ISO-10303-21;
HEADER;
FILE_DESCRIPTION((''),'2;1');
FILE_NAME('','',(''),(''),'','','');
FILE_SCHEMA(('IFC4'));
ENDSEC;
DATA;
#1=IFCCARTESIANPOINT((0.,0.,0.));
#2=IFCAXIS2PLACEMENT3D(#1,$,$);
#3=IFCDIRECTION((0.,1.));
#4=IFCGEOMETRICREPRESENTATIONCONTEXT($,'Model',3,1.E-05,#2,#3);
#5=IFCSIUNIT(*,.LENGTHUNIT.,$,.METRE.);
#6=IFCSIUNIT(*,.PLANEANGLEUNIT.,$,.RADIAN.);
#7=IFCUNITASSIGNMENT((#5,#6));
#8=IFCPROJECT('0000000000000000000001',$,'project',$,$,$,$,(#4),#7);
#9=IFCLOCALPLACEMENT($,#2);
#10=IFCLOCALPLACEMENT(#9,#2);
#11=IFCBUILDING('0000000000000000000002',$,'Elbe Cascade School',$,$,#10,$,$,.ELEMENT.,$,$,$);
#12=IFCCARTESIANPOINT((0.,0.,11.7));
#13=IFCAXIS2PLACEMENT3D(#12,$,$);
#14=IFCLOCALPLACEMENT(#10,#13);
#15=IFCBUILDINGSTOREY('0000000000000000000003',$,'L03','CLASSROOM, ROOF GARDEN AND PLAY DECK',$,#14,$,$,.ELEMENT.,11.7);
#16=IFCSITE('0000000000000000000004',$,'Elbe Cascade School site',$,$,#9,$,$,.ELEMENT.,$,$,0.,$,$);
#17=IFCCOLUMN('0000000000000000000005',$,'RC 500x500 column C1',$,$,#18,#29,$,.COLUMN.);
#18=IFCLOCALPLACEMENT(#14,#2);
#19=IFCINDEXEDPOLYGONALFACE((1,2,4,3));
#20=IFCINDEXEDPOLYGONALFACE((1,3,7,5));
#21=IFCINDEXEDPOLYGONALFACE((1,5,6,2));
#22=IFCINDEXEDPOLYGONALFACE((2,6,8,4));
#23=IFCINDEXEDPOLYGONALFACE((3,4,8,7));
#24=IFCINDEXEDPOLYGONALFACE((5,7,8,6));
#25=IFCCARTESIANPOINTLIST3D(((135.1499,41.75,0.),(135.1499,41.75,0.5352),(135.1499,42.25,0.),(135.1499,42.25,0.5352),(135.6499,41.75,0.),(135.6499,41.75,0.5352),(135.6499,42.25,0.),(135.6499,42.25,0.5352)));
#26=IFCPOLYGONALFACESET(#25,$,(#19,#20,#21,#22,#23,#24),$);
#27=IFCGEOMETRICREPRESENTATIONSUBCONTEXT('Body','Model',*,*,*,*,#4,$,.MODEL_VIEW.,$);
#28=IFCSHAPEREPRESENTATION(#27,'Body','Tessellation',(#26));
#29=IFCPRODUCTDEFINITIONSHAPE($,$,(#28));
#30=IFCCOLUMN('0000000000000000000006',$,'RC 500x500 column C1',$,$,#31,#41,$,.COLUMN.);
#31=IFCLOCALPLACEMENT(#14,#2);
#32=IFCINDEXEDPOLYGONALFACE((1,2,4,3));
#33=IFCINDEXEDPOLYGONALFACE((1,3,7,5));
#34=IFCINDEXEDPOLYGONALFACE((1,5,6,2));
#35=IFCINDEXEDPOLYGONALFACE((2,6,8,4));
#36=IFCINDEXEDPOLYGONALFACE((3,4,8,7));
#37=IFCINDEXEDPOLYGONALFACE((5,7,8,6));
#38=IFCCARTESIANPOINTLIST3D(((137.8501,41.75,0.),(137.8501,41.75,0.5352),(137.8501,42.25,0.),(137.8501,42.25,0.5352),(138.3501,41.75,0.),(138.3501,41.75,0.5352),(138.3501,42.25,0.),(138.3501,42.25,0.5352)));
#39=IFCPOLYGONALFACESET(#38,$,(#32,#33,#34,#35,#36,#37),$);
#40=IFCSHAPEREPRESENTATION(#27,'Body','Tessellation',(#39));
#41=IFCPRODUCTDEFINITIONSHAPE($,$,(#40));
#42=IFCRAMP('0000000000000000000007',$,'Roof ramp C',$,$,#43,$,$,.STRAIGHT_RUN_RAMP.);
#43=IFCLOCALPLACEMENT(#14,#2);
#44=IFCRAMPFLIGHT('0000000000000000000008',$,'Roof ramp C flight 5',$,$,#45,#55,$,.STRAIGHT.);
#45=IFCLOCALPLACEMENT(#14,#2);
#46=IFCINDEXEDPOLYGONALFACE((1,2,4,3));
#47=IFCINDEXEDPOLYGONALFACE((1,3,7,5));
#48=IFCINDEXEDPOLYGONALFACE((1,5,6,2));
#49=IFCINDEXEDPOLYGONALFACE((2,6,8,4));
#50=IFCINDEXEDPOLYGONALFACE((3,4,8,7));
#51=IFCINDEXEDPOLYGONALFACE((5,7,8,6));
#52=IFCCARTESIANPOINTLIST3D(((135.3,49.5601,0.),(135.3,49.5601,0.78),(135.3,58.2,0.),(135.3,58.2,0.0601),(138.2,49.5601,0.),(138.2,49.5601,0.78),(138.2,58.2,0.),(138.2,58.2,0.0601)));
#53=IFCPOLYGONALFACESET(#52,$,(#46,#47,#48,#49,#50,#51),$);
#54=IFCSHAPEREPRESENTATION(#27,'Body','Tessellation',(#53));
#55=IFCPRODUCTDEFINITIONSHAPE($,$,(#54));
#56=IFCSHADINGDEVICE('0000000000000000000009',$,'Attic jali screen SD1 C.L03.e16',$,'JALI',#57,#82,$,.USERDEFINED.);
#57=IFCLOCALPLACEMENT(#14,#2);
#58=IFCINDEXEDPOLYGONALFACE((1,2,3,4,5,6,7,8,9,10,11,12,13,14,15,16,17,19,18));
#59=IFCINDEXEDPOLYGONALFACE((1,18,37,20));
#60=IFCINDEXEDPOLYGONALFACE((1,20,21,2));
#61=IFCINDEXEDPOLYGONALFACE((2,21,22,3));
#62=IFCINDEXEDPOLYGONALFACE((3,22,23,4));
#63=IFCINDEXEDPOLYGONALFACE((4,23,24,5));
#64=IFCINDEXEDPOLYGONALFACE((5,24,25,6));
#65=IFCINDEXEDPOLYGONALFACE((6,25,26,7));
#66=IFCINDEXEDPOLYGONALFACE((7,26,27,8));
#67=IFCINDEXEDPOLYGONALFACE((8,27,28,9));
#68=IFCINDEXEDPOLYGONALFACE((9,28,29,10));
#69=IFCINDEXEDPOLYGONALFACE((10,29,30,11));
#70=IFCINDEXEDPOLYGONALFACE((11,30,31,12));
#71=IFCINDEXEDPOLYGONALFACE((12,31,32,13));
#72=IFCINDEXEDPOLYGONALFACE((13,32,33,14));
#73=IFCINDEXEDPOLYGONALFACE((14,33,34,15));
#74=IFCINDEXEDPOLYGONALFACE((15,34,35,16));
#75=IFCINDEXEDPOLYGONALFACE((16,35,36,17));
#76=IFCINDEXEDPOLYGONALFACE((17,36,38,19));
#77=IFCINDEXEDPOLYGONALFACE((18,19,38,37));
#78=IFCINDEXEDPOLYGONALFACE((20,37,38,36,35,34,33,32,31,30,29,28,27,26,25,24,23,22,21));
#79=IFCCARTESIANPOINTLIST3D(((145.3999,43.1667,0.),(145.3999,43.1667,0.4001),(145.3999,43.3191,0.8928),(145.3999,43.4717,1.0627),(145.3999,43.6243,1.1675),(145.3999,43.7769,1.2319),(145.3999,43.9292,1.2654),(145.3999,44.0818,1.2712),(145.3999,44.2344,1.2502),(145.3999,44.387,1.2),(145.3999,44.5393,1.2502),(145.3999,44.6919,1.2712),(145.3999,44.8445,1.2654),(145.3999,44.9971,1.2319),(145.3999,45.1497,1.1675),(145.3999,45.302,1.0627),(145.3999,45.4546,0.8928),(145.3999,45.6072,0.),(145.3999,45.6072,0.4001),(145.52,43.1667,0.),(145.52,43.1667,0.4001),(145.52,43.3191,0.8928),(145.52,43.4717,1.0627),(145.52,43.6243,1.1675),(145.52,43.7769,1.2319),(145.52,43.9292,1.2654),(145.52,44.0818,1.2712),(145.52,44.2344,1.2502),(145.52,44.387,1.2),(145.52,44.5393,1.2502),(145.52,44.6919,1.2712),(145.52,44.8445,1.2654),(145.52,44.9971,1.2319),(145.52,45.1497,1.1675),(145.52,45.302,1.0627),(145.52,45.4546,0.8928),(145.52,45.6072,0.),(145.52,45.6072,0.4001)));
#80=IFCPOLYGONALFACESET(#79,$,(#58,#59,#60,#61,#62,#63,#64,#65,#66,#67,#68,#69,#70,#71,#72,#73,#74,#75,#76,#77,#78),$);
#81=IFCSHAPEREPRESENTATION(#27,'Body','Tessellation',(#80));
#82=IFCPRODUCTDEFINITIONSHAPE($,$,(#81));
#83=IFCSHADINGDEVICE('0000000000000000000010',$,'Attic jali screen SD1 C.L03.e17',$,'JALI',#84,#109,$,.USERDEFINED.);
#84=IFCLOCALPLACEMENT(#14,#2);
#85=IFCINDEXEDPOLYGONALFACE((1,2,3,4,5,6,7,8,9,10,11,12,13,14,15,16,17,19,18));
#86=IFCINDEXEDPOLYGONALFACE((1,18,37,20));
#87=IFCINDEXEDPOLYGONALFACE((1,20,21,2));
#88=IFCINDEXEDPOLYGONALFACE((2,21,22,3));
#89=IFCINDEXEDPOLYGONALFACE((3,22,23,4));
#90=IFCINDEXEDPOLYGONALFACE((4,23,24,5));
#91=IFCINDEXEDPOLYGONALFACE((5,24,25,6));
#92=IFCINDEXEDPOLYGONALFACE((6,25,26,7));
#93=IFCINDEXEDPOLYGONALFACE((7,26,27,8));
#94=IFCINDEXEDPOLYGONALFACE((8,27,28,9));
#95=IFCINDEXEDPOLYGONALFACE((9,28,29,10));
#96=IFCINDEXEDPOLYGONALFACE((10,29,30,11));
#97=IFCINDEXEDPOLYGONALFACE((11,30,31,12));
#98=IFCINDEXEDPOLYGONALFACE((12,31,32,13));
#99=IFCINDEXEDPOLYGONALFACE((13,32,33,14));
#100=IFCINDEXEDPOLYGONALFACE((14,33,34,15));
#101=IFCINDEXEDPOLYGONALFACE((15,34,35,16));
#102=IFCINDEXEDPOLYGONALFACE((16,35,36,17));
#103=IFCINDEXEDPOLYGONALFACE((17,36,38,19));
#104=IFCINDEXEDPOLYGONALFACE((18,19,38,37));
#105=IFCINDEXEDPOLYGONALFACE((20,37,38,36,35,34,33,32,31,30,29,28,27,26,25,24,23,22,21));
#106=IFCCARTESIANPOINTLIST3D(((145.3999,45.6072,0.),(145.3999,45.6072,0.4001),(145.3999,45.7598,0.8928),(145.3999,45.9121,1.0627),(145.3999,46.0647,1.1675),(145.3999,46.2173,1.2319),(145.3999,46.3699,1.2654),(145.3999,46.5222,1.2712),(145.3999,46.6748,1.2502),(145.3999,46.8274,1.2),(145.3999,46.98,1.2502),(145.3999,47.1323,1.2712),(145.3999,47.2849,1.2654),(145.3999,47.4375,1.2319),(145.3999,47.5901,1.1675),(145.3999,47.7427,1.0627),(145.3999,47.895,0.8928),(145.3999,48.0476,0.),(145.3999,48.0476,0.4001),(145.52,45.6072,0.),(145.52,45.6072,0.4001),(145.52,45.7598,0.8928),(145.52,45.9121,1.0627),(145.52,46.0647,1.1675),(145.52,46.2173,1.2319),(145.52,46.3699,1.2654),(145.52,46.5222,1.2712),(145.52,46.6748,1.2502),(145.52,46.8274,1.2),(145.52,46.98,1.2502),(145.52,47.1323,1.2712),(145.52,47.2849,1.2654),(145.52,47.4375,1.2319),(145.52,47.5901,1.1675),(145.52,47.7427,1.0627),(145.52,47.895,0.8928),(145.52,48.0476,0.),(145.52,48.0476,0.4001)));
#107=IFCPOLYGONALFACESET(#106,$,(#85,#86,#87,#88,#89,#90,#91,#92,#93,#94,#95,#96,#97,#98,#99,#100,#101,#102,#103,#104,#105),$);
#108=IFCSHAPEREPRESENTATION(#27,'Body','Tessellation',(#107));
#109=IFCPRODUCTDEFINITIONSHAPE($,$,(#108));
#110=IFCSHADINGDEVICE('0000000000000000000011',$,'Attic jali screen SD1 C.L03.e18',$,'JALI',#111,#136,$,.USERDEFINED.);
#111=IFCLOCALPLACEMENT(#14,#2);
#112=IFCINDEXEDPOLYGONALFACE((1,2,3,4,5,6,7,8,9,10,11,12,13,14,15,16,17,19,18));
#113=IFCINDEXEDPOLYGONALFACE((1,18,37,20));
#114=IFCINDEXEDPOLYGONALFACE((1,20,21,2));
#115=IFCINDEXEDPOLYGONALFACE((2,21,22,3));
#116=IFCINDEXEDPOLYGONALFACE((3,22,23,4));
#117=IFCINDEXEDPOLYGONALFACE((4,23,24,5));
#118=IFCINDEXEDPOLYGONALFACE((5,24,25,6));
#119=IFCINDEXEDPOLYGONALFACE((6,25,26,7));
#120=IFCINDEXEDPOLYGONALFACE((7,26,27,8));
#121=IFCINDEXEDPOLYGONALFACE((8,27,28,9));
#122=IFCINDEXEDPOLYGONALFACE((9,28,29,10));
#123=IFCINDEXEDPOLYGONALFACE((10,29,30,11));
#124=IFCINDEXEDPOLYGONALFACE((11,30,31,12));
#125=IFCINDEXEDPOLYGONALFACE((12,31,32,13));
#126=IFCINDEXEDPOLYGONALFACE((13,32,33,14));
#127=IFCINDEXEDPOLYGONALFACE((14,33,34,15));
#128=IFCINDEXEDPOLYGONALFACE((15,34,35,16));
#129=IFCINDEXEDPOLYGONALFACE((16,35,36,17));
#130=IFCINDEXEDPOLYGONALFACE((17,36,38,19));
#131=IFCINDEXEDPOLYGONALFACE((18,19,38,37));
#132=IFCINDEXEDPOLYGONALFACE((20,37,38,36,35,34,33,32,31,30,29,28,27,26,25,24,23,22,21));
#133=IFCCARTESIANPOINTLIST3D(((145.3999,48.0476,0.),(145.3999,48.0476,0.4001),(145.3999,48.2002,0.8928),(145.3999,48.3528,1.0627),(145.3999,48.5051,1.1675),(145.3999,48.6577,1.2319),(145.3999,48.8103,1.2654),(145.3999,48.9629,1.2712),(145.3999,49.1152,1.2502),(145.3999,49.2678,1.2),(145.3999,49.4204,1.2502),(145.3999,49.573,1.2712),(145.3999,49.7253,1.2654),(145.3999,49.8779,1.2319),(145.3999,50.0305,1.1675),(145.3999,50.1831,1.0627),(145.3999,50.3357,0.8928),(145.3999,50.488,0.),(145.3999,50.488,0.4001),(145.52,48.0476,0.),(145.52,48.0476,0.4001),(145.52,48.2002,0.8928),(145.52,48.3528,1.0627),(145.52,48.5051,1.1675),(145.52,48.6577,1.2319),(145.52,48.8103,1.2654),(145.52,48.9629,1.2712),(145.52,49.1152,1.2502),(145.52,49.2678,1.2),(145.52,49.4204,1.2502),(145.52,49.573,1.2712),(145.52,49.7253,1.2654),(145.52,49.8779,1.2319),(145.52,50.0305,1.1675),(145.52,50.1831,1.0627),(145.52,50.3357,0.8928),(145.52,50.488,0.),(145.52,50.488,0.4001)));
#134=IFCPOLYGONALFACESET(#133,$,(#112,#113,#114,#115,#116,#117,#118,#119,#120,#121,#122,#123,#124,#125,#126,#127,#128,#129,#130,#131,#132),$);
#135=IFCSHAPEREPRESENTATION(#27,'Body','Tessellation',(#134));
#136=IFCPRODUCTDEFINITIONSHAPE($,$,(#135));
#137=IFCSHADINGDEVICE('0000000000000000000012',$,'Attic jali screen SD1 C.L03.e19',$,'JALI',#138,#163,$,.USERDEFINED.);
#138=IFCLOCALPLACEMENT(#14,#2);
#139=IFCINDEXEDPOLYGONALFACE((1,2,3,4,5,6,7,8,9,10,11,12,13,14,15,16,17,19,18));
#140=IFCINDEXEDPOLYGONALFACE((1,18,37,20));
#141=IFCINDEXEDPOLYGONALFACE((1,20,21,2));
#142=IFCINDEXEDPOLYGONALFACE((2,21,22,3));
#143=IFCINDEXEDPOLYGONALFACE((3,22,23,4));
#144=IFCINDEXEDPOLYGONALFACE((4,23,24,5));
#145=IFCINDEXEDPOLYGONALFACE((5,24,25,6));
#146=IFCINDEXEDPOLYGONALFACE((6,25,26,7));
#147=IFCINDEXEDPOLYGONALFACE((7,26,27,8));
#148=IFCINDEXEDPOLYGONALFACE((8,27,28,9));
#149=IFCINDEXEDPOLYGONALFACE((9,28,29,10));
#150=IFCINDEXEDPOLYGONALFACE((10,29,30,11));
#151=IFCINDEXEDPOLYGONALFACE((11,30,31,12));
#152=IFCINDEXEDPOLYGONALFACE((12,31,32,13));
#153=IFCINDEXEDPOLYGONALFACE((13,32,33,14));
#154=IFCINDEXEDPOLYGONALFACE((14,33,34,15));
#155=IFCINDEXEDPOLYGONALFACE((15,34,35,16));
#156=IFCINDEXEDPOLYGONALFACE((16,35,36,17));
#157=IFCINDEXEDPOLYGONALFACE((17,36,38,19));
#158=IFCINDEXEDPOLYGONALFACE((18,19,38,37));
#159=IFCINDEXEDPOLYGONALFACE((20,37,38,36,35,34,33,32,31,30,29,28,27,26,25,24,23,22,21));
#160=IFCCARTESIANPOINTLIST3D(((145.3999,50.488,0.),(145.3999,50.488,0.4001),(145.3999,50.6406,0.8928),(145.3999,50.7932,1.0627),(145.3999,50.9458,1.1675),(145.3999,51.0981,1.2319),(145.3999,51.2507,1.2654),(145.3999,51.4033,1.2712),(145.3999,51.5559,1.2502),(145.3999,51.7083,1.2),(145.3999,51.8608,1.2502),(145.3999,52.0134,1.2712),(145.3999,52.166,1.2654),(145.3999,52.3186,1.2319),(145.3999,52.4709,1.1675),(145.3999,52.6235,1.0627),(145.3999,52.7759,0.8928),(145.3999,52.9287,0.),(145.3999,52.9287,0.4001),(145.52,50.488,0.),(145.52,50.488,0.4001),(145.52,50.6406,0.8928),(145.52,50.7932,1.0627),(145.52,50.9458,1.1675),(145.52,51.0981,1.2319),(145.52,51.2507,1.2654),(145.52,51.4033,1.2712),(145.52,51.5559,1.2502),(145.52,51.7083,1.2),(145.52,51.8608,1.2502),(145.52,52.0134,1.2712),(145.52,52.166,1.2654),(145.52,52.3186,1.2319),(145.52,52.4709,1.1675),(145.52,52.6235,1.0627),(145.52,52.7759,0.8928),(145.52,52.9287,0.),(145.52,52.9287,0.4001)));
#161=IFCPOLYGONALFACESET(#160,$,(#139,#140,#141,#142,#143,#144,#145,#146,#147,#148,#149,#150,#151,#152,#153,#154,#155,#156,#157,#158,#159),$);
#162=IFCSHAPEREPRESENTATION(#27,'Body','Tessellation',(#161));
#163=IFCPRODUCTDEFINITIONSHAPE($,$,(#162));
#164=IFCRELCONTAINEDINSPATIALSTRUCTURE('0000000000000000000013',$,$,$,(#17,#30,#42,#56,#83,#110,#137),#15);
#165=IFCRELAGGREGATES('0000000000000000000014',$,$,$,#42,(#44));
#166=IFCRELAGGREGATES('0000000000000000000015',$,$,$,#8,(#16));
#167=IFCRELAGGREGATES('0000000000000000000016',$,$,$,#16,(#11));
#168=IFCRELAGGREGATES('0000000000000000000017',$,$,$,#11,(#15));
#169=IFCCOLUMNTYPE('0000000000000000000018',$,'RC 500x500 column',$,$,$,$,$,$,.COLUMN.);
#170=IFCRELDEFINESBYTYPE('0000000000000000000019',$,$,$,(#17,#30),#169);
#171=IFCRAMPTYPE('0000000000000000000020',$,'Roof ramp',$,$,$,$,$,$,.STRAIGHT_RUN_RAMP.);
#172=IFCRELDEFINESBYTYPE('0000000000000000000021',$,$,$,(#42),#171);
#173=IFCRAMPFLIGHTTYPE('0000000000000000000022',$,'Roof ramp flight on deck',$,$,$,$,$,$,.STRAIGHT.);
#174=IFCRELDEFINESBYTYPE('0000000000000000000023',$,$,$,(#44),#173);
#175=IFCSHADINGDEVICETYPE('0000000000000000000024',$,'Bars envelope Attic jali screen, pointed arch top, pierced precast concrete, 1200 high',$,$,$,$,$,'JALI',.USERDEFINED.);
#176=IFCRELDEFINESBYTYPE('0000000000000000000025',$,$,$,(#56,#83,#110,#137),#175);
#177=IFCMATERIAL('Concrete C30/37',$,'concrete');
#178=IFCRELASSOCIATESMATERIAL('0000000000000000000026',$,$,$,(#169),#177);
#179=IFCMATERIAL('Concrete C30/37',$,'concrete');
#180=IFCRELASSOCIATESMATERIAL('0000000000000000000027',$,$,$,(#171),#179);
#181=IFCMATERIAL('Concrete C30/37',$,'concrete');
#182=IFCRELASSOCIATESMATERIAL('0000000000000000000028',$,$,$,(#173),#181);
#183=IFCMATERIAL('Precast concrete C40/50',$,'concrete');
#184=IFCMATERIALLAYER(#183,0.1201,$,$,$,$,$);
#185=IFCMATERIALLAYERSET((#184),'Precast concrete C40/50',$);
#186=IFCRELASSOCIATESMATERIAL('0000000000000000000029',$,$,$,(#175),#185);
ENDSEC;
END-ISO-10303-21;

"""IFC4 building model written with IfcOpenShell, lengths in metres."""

from ifc_helpers import new_model, si_unit, direction, frame, origin, origin_2d, place, context, subcontext, project, spatial, polyline, rectangle, outline, extrude, material, layer, layer_set, material_profile, profile_set, type_object, element, aggregate, save


model = new_model("IFC4")

# Units and contexts
model_context = context("Model", 3, precision=1e-05, world=origin(), true_north=direction((0.0, 1.0)))
body_context = subcontext(model_context, "Body", "Model", "MODEL_VIEW")
ifc_project = project(units=[si_unit("LENGTHUNIT", "METRE"), si_unit("PLANEANGLEUNIT", "RADIAN")], contexts=[model_context])

# Site, building, storey
site_placement = place(None, origin())
site = spatial("IfcSite", under=ifc_project, at=site_placement, Name="Elbe Cascade School site", CompositionType="ELEMENT", RefElevation=0.0)
building_placement = place(site_placement, origin())
building = spatial("IfcBuilding", under=site, at=building_placement, Name="Elbe Cascade School", CompositionType="ELEMENT")
storey_placement = place(building_placement, frame((0.0, 0.0, 11.7)))
storey = spatial("IfcBuildingStorey", under=building, at=storey_placement, Name="L03", Description="CLASSROOM, ROOF GARDEN AND PLAY DECK", CompositionType="ELEMENT", Elevation=11.7)

# Columns
ifc_material_1 = material(Name="Concrete C30/37", Category="concrete")
ifc_material_profile = material_profile(ifc_material_1, rectangle(XDim=0.5, YDim=0.5, at=origin_2d()), Name="RC 500x500")
ifc_profile_set = profile_set([ifc_material_profile], Name="Concrete C30/37")
column_type = type_object("IfcColumnType", Name="RC 500x500 column", PredefinedType="COLUMN", material=ifc_profile_set)
for number, where, z_axis, x_axis, name in (
    (1, (135.3999, 42.0, 0.0), (0.0, 0.0, 1.0), (1.0, 0.0, 0.0), "RC 500x500 column C1"),
    (2, (138.1001, 42.0, 0.0), (0.0, 0.0, 1.0), (1.0, 0.0, 0.0), "RC 500x500 column C1"),
):
    element("IfcColumn", number, at=place(storey_placement, frame(where, z_axis=z_axis, x_axis=x_axis)), inside=storey, type_object=column_type, Name=name, PredefinedType="COLUMN", context=body_context, shape_type="SweptSolid", body=[
        extrude(rectangle(XDim=0.5, YDim=0.5, at=origin_2d()), origin(), (0.0, 0.0, 1.0), 0.5352),
    ])

# Ramp, ramp flight
ifc_material_2 = material(Name="Concrete C30/37", Category="concrete")
ramp_type = type_object("IfcRampType", Name="Roof ramp", PredefinedType="STRAIGHT_RUN_RAMP", material=ifc_material_2)
ramp_placement = place(storey_placement, origin())
ramp = element("IfcRamp", 3, at=ramp_placement, inside=storey, type_object=ramp_type, Name="Roof ramp C", PredefinedType="STRAIGHT_RUN_RAMP")
ifc_material_3 = material(Name="Concrete C30/37", Category="concrete")
ramp_flight_type = type_object("IfcRampFlightType", Name="Roof ramp flight on deck", PredefinedType="STRAIGHT", material=ifc_material_3)
ramp_flight_placement = place(storey_placement, frame((135.3, 49.5601, 0.0), z_axis=(1.0, 0.0, 0.0), x_axis=(0.0, 1.0, 0.0)))
ramp_flight = element("IfcRampFlight", 4, at=ramp_flight_placement, type_object=ramp_flight_type, Name="Roof ramp C flight 5", PredefinedType="STRAIGHT", context=body_context, shape_type="SweptSolid", body=[
    extrude(outline(polyline([(0.0, 0.0), (8.6399, 0.0), (8.6399, 0.0601), (0.0, 0.78), (0.0, 0.0)])), origin(), (0.0, 0.0, 1.0), 2.8999),
])
aggregate(ramp, [ramp_flight])

# Shading devices
ifc_material_4 = material(Name="Precast concrete C40/50", Category="concrete")
ifc_layer_1 = layer(ifc_material_4, 0.1201)
ifc_layer_set_1 = layer_set([ifc_layer_1], Name="Precast concrete C40/50")
shading_device_type = type_object("IfcShadingDeviceType", Name="Bars envelope Attic jali screen, pointed arch top, pierced precast concrete, 1200 high", ElementType="JALI", PredefinedType="USERDEFINED", material=ifc_layer_set_1)
shading_device_1_placement = place(storey_placement, frame((145.52, 43.1667, 0.0), z_axis=(1.0, 0.0, 0.0), x_axis=(0.0, 1.0, 0.0)))
element("IfcShadingDevice", 5, at=shading_device_1_placement, inside=storey, type_object=shading_device_type, Name="Attic jali screen SD1 C.L03.e16", ObjectType="JALI", PredefinedType="USERDEFINED", context=body_context, shape_type="SweptSolid", body=[
    extrude(outline(polyline([(0.0, 0.0), (2.4404, 0.0), (2.4404, 0.4001), (2.2878, 0.8928), (2.1353, 1.0627), (1.9829, 1.1675), (1.8303, 1.2319), (1.6777, 1.2654), (1.5251, 1.2712), (1.3726, 1.2502), (1.2202, 1.2), (1.0676, 1.2502), (0.915, 1.2712), (0.7625, 1.2654), (0.6101, 1.2319), (0.4575, 1.1675), (0.3049, 1.0627), (0.1523, 0.8928), (0.0, 0.4001), (0.0, 0.0)])), origin(), (0.0, 0.0, -1.0), 0.1201),
])
shading_device_2_placement = place(storey_placement, frame((145.52, 45.6072, 0.0), z_axis=(1.0, 0.0, 0.0), x_axis=(0.0, 1.0, 0.0)))
element("IfcShadingDevice", 6, at=shading_device_2_placement, inside=storey, type_object=shading_device_type, Name="Attic jali screen SD1 C.L03.e17", ObjectType="JALI", PredefinedType="USERDEFINED", context=body_context, shape_type="SweptSolid", body=[
    extrude(outline(polyline([(0.0, 0.0), (2.4404, 0.0), (2.4404, 0.4001), (2.2878, 0.8928), (2.1355, 1.0627), (1.9829, 1.1675), (1.8303, 1.2319), (1.6777, 1.2654), (1.5251, 1.2712), (1.3728, 1.2502), (1.2202, 1.2), (1.0676, 1.2502), (0.915, 1.2712), (0.7627, 1.2654), (0.6101, 1.2319), (0.4575, 1.1675), (0.3049, 1.0627), (0.1526, 0.8928), (0.0, 0.4001), (0.0, 0.0)])), origin(), (0.0, 0.0, -1.0), 0.1201),
])
shading_device_3_placement = place(storey_placement, frame((145.52, 48.0476, 0.0), z_axis=(1.0, 0.0, 0.0), x_axis=(0.0, 1.0, 0.0)))
element("IfcShadingDevice", 7, at=shading_device_3_placement, inside=storey, type_object=shading_device_type, Name="Attic jali screen SD1 C.L03.e18", ObjectType="JALI", PredefinedType="USERDEFINED", context=body_context, shape_type="SweptSolid", body=[
    extrude(outline(polyline([(0.0, 0.0), (2.4404, 0.0), (2.4404, 0.4001), (2.2881, 0.8928), (2.1355, 1.0627), (1.9829, 1.1675), (1.8303, 1.2319), (1.6777, 1.2654), (1.5254, 1.2712), (1.3728, 1.2502), (1.2202, 1.2), (1.0676, 1.2502), (0.9153, 1.2712), (0.7627, 1.2654), (0.6101, 1.2319), (0.4575, 1.1675), (0.3052, 1.0627), (0.1526, 0.8928), (0.0, 0.4001), (0.0, 0.0)])), origin(), (0.0, 0.0, -1.0), 0.1201),
])
shading_device_4_placement = place(storey_placement, frame((145.52, 50.488, 0.0), z_axis=(1.0, 0.0, 0.0), x_axis=(0.0, 1.0, 0.0)))
element("IfcShadingDevice", 8, at=shading_device_4_placement, inside=storey, type_object=shading_device_type, Name="Attic jali screen SD1 C.L03.e19", ObjectType="JALI", PredefinedType="USERDEFINED", context=body_context, shape_type="SweptSolid", body=[
    extrude(outline(polyline([(0.0, 0.0), (2.4407, 0.0), (2.4407, 0.4001), (2.2878, 0.8928), (2.1355, 1.0627), (1.9829, 1.1675), (1.8306, 1.2319), (1.678, 1.2654), (1.5254, 1.2712), (1.3728, 1.2502), (1.2202, 1.2), (1.0679, 1.2502), (0.9153, 1.2712), (0.7627, 1.2654), (0.6101, 1.2319), (0.4578, 1.1675), (0.3052, 1.0627), (0.1526, 0.8928), (0.0, 0.4001), (0.0, 0.0)])), origin(), (0.0, 0.0, -1.0), 0.1201),
])

save(model, "model.ifc")
